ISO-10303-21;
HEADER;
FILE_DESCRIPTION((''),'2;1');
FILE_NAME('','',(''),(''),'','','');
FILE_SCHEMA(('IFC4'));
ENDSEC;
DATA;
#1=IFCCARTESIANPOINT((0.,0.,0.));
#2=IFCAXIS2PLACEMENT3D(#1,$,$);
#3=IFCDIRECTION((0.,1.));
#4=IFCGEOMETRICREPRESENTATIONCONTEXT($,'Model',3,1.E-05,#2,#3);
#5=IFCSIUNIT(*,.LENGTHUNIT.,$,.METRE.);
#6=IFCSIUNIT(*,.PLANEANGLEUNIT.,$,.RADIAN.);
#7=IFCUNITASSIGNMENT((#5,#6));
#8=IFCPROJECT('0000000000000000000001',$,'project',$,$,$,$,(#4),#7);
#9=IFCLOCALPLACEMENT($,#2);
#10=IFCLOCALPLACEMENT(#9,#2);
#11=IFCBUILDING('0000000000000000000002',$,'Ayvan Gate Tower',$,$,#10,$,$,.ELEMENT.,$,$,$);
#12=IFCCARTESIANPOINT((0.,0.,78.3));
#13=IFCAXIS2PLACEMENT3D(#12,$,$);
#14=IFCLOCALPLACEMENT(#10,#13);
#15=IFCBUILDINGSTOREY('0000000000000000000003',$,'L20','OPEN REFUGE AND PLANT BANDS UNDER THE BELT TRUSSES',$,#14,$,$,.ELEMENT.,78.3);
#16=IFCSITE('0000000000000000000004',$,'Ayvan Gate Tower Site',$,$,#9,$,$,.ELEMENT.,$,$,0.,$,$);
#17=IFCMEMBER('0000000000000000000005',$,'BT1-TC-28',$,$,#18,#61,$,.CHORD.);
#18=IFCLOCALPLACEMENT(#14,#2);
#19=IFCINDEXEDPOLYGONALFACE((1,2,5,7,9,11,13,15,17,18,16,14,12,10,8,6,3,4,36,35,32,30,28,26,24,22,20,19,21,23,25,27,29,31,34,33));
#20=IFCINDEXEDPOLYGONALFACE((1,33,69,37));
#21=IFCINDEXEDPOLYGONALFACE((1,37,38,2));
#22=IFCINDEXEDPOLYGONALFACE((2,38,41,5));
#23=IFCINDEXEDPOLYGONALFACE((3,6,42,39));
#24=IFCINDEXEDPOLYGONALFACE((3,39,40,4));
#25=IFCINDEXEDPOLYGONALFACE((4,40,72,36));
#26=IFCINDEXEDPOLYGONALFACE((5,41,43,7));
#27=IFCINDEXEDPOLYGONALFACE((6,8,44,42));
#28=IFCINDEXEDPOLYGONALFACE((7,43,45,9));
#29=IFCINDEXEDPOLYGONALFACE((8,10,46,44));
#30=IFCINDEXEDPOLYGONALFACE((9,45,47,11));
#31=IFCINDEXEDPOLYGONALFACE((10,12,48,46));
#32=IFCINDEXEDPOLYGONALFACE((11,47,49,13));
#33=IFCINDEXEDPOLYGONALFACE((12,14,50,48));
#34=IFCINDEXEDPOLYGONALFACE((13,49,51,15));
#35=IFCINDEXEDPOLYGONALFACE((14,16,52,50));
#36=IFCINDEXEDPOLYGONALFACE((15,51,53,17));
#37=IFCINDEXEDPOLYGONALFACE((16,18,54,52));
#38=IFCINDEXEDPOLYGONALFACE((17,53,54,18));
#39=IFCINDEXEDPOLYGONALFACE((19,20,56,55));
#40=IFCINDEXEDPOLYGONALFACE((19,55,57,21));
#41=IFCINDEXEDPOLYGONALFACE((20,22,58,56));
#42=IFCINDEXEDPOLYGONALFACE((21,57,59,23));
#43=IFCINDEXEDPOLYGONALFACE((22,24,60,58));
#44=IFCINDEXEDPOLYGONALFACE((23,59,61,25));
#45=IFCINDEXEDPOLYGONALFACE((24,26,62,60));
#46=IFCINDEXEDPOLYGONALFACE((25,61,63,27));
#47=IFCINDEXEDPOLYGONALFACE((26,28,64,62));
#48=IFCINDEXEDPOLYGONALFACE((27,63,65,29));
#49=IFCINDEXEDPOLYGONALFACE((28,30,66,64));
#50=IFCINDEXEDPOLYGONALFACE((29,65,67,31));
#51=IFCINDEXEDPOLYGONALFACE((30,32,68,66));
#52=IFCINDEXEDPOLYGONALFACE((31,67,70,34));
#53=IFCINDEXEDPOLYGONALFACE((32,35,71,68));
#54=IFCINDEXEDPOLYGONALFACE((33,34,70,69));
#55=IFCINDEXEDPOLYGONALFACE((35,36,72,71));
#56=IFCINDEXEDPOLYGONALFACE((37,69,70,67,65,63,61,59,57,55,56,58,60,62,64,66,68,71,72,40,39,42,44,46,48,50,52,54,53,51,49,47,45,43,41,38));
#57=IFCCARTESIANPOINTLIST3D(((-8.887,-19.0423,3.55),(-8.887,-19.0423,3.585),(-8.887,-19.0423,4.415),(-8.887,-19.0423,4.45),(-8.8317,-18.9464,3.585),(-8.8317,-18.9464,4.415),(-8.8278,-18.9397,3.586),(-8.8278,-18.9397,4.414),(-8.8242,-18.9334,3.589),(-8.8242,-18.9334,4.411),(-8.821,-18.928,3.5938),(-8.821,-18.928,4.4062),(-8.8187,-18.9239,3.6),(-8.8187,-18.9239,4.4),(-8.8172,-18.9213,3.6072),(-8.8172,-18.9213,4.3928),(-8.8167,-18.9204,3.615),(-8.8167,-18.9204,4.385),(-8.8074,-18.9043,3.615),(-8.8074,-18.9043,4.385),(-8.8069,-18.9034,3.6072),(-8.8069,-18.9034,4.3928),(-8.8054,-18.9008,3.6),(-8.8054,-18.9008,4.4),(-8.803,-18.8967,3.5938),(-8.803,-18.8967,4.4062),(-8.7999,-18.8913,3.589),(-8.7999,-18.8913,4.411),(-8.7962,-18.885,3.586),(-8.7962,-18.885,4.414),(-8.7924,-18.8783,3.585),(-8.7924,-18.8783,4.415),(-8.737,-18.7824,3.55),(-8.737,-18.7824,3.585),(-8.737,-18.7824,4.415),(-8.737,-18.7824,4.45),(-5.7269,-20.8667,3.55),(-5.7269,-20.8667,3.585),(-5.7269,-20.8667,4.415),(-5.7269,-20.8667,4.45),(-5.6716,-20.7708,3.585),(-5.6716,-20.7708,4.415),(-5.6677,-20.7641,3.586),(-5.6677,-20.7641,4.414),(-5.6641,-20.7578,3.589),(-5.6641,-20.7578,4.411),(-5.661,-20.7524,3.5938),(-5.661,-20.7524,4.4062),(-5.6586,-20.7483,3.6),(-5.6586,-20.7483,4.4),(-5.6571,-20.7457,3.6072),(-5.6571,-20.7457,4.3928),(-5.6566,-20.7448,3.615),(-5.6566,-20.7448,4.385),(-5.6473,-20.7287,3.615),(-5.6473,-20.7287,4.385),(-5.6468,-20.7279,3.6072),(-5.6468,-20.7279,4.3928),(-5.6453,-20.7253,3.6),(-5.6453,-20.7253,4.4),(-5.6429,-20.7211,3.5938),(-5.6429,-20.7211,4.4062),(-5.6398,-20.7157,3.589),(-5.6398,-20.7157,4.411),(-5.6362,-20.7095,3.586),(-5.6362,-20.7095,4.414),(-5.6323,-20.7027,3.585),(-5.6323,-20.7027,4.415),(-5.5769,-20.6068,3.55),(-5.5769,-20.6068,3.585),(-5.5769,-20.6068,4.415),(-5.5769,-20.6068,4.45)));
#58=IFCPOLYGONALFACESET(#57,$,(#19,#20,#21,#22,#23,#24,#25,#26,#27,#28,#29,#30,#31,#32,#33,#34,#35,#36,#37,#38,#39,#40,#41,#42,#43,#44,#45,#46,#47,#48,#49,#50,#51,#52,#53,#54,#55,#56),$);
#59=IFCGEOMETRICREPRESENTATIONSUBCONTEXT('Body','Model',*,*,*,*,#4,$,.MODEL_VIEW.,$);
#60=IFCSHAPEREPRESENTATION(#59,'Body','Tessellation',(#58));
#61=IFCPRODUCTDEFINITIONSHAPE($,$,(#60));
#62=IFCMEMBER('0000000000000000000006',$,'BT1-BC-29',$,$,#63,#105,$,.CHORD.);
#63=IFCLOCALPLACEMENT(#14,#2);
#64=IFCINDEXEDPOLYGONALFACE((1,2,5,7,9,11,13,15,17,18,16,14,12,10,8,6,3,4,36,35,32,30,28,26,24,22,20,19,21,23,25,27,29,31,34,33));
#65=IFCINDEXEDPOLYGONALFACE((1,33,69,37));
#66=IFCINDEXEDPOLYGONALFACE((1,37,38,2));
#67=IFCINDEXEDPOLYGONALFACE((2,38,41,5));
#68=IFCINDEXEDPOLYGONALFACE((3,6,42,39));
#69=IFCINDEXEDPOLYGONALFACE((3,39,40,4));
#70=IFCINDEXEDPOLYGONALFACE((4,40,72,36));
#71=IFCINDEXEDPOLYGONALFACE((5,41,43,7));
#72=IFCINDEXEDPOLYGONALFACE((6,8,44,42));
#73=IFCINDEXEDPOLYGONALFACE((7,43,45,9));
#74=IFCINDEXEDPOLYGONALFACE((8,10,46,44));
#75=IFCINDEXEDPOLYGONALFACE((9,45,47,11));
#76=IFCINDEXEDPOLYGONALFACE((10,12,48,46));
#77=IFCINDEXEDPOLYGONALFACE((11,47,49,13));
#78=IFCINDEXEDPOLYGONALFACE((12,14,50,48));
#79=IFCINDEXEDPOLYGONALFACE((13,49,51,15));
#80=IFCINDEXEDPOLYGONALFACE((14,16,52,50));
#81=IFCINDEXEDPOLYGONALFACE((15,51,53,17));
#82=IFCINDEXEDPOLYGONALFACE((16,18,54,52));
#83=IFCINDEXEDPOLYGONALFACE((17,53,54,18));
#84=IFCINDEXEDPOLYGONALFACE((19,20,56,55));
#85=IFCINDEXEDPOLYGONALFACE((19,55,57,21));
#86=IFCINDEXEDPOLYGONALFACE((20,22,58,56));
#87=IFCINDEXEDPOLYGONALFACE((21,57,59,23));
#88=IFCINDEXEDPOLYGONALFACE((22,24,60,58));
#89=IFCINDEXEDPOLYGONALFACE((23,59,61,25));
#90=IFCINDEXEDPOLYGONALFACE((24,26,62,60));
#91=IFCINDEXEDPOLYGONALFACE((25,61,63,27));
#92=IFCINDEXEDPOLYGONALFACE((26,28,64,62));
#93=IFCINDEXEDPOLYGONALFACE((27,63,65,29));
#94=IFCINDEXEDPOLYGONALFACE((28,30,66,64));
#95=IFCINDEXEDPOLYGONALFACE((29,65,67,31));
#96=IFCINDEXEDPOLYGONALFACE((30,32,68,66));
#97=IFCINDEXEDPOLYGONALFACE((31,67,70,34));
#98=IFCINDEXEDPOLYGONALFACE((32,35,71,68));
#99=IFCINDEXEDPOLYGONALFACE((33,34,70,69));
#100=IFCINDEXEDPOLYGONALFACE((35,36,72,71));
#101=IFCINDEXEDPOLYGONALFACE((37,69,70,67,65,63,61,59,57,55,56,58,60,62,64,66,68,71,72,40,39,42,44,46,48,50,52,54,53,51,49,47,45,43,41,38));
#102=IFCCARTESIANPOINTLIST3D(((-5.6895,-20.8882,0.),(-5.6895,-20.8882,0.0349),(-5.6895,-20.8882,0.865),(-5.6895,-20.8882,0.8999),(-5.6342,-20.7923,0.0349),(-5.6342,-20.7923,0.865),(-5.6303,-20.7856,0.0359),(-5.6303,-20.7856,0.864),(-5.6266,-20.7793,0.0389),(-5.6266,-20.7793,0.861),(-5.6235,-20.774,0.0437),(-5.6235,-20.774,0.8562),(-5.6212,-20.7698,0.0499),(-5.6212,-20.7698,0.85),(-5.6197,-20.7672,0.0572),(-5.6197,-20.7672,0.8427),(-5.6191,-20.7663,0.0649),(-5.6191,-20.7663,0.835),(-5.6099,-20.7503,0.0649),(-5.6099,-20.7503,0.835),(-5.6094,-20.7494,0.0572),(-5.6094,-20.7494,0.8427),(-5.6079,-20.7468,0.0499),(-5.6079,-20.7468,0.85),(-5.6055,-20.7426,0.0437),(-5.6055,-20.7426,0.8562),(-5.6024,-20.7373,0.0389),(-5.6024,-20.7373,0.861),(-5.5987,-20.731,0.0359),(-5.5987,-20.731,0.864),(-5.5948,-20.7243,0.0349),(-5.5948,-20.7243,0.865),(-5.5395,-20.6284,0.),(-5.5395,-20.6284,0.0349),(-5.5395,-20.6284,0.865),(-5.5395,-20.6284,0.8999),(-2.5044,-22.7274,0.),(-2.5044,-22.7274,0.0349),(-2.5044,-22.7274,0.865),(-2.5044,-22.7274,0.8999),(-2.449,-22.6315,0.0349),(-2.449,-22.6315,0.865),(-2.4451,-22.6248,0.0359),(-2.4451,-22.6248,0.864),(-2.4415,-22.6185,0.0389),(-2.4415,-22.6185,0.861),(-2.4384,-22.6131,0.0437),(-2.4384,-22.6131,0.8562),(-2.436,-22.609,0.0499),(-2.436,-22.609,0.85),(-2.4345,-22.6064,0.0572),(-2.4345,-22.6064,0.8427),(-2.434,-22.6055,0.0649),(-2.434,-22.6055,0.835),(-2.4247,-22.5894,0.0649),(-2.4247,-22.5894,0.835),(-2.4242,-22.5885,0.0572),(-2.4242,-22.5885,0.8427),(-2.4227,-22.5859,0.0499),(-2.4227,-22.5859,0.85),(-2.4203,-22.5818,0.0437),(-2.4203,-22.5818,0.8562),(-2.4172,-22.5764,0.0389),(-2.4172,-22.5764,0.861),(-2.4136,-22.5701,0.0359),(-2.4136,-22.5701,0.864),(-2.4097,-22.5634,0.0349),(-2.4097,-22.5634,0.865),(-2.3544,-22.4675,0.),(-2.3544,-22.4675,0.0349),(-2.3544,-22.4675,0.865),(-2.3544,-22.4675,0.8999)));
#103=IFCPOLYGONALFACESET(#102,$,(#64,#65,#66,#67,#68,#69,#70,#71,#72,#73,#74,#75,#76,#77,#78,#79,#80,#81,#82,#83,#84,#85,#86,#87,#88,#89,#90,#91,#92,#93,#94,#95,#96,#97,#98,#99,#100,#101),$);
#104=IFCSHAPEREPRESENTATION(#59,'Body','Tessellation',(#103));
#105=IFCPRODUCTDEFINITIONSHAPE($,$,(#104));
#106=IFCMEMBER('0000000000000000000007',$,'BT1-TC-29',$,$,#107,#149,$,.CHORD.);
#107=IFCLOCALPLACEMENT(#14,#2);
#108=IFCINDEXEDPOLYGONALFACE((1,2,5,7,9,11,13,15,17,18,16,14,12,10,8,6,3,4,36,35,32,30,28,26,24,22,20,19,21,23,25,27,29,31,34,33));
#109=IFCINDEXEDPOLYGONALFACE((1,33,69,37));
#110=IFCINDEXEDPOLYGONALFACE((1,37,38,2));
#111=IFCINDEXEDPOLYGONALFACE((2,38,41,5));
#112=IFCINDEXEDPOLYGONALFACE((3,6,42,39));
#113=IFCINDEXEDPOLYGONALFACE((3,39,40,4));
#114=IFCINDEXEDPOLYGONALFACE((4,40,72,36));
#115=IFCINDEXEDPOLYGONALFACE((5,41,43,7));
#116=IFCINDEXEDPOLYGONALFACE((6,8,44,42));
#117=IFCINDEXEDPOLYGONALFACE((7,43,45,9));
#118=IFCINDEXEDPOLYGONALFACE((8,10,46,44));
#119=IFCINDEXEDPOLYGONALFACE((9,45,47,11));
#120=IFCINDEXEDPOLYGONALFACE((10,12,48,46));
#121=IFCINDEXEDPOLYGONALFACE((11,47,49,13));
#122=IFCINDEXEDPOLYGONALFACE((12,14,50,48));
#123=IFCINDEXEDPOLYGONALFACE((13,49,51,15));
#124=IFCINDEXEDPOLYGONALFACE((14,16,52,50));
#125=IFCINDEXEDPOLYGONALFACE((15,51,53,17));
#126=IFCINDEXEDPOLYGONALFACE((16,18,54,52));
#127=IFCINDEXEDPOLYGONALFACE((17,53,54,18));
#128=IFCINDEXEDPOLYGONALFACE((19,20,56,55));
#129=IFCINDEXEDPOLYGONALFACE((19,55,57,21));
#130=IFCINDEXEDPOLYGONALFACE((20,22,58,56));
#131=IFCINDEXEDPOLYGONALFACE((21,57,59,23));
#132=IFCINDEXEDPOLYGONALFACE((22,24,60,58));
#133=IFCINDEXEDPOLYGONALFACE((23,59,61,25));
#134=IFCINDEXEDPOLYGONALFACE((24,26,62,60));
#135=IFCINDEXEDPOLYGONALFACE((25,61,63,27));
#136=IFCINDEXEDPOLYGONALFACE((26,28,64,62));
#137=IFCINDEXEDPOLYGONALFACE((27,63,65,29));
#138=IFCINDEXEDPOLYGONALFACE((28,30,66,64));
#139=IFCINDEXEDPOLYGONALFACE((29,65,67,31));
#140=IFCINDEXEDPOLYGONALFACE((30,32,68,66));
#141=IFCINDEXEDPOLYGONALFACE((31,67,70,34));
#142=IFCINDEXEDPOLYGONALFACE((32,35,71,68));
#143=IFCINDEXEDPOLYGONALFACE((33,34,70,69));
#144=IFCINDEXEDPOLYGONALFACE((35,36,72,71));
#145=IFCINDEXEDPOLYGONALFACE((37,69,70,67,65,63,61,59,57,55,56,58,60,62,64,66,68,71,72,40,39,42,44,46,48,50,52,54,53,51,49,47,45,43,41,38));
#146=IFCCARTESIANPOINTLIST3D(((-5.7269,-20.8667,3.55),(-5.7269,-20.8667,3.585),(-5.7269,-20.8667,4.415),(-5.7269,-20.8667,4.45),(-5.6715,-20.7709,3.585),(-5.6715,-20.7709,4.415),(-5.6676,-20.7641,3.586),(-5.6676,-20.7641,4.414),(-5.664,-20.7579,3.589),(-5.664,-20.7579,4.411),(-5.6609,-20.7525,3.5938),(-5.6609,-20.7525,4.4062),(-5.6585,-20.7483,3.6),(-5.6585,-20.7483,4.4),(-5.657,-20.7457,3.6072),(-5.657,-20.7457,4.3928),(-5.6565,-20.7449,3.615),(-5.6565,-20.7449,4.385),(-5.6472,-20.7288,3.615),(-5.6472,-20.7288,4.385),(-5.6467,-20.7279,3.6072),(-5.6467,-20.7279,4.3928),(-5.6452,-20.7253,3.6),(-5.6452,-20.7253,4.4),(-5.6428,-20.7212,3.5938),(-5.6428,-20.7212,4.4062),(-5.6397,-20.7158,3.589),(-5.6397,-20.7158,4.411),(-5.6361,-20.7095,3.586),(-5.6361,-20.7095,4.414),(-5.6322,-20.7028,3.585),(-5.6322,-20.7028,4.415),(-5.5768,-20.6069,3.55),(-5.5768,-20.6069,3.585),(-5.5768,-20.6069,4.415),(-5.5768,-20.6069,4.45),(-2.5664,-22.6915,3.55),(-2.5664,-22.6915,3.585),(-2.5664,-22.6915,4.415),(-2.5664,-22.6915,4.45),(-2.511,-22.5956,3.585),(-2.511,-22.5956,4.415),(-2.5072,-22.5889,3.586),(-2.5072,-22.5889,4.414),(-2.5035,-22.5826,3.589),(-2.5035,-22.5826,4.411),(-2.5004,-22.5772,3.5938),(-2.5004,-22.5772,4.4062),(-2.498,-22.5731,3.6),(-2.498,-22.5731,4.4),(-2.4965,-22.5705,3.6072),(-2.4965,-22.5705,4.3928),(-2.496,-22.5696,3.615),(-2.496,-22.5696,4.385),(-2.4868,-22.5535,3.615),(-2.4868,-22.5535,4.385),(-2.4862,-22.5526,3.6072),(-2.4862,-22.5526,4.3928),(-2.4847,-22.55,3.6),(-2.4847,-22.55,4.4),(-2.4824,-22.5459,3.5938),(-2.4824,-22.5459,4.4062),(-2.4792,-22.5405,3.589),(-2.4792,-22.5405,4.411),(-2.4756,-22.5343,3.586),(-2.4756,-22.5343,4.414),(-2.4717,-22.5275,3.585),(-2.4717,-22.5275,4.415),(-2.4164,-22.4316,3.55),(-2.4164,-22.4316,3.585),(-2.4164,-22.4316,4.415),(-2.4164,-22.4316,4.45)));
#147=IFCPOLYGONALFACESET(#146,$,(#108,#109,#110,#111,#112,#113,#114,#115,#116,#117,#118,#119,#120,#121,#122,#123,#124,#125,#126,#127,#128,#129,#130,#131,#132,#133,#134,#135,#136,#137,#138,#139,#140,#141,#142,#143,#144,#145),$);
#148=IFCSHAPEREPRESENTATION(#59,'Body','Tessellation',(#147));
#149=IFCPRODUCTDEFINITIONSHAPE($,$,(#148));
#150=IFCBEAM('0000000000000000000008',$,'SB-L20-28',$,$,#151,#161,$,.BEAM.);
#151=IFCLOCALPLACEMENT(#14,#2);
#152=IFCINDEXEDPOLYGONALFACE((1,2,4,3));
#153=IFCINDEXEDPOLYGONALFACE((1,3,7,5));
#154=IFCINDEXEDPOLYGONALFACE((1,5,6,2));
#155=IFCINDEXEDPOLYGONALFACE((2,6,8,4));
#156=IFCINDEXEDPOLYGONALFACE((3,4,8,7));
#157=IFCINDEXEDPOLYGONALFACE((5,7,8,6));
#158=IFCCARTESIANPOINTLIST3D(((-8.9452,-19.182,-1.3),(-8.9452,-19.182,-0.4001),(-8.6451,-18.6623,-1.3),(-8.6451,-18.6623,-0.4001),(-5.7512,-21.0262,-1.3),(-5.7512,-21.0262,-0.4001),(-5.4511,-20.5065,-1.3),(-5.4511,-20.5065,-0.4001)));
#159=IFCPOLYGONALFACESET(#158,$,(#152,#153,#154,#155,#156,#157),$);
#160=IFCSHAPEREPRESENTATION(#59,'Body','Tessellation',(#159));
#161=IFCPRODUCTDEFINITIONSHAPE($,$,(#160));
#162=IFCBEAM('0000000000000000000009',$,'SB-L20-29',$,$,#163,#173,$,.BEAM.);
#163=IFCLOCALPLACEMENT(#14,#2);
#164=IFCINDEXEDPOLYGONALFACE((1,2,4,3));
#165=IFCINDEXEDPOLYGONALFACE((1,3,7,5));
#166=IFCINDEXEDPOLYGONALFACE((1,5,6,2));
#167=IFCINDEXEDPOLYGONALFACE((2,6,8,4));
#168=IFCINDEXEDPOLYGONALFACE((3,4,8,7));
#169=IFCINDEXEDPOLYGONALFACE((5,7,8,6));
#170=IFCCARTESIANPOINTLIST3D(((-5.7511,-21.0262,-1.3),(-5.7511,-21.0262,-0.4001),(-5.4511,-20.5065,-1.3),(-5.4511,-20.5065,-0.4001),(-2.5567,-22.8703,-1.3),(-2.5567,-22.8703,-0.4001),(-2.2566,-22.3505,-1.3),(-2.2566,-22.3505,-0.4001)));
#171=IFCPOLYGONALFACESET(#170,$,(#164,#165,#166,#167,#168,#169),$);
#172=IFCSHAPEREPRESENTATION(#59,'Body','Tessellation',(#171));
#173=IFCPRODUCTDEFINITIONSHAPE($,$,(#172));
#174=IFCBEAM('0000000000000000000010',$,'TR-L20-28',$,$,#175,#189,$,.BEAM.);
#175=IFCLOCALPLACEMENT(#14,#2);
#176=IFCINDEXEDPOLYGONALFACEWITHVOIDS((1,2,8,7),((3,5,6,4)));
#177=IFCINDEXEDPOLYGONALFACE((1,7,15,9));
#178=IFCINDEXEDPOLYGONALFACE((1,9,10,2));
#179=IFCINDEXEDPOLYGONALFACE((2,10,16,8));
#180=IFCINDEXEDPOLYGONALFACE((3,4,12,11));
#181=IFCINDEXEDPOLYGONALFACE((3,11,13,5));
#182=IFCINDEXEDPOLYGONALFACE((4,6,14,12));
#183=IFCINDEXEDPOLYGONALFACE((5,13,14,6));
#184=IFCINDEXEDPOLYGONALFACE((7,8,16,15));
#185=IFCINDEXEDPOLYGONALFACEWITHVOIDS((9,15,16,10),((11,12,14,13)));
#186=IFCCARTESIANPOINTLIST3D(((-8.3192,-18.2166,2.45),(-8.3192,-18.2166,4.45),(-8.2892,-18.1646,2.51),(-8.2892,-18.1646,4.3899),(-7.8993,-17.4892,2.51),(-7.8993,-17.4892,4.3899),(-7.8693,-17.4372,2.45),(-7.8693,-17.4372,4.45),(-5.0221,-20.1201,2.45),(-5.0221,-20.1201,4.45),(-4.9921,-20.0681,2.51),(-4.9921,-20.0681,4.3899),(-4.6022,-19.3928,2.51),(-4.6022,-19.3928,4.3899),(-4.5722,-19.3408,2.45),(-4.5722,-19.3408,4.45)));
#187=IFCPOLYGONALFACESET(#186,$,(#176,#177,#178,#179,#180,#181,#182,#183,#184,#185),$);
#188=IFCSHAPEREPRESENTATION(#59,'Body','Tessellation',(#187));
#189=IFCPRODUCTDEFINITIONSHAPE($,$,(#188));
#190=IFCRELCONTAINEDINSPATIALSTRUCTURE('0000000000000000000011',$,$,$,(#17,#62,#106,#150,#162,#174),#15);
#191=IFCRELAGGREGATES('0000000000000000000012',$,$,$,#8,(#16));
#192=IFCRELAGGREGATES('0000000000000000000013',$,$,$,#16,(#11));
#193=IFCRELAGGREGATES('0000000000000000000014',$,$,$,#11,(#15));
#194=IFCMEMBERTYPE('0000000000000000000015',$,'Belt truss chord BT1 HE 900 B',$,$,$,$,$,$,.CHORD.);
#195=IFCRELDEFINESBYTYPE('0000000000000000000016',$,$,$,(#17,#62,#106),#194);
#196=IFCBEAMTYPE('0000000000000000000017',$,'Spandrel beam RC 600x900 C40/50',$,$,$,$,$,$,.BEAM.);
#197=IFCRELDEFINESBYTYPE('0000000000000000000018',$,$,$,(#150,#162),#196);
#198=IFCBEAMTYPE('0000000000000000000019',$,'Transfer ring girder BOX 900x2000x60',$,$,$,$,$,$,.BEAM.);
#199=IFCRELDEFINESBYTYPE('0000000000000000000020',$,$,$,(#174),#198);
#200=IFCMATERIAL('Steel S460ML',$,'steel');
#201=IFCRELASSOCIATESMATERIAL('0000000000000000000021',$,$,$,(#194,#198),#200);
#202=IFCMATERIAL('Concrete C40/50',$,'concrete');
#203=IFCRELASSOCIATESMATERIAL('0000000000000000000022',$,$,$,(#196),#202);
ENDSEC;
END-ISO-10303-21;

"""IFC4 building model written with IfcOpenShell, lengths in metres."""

from ifc_helpers import new_model, si_unit, direction, frame, origin, origin_2d, place, context, subcontext, project, spatial, rectangle, hollow_rectangle, i_section, extrude, material, material_profile, profile_set, type_object, element, save


model = new_model("IFC4")

# Units and contexts
model_context = context("Model", 3, precision=1e-05, world=origin(), true_north=direction((0.0, 1.0)))
body_context = subcontext(model_context, "Body", "Model", "MODEL_VIEW")
ifc_project = project(units=[si_unit("LENGTHUNIT", "METRE"), si_unit("PLANEANGLEUNIT", "RADIAN")], contexts=[model_context])

# Site, building, storey
site_placement = place(None, origin())
site = spatial("IfcSite", under=ifc_project, at=site_placement, Name="Ayvan Gate Tower Site", CompositionType="ELEMENT", RefElevation=0.0)
building_placement = place(site_placement, origin())
building = spatial("IfcBuilding", under=site, at=building_placement, Name="Ayvan Gate Tower", CompositionType="ELEMENT")
storey_placement = place(building_placement, frame((0.0, 0.0, 78.3)))
storey = spatial("IfcBuildingStorey", under=building, at=storey_placement, Name="L20", Description="OPEN REFUGE AND PLANT BANDS UNDER THE BELT TRUSSES", CompositionType="ELEMENT", Elevation=78.3)

# Members
ifc_material_1 = material(Name="Steel S460ML", Category="steel")
ifc_material_profile_1 = material_profile(ifc_material_1, i_section(OverallWidth=0.3, OverallDepth=0.8999, WebThickness=0.0186, FlangeThickness=0.0349, FilletRadius=0.03, at=origin_2d()), Name="HE 900 B")
ifc_profile_set_1 = profile_set([ifc_material_profile_1], Name="Steel S460ML")
member_type_1 = type_object("IfcMemberType", Name="Belt truss chord BT1 HE 900 B", PredefinedType="CHORD", material=ifc_profile_set_1)
member_1_placement = place(storey_placement, frame((-8.812, -18.9124, 4.0), z_axis=(0.866032, -0.499989, 0.0), x_axis=(0.499989, 0.866032, 0.0)))
element("IfcMember", 1, at=member_1_placement, inside=storey, type_object=member_type_1, Name="BT1-TC-28", PredefinedType="CHORD", context=body_context, shape_type="SweptSolid", body=[
    extrude(i_section(OverallWidth=0.3, OverallDepth=0.8999, WebThickness=0.0186, FlangeThickness=0.0349, FilletRadius=0.03, at=origin_2d()), origin(), (0.0, 0.0, 1.0), 3.6489),
])
member_2_placement = place(storey_placement, frame((-5.6145, -20.7583, 0.45), z_axis=(0.866, -0.500044, 0.0), x_axis=(0.500044, 0.866, 0.0)))
element("IfcMember", 2, at=member_2_placement, inside=storey, type_object=member_type_1, Name="BT1-BC-29", PredefinedType="CHORD", context=body_context, shape_type="SweptSolid", body=[
    extrude(i_section(OverallWidth=0.3, OverallDepth=0.8999, WebThickness=0.0186, FlangeThickness=0.0349, FilletRadius=0.03, at=origin_2d()), origin(), (0.0, 0.0, 1.0), 3.678),
])
member_3_placement = place(storey_placement, frame((-5.6519, -20.7368, 4.0), z_axis=(0.86602, -0.50001, 0.0), x_axis=(0.50001, 0.86602, 0.0)))
element("IfcMember", 3, at=member_3_placement, inside=storey, type_object=member_type_1, Name="BT1-TC-29", PredefinedType="CHORD", context=body_context, shape_type="SweptSolid", body=[
    extrude(i_section(OverallWidth=0.3, OverallDepth=0.8999, WebThickness=0.0186, FlangeThickness=0.0349, FilletRadius=0.03, at=origin_2d()), origin(), (0.0, 0.0, 1.0), 3.6494),
])

# Beams
ifc_material_2 = material(Name="Concrete C40/50", Category="concrete")
ifc_material_profile_2 = material_profile(ifc_material_2, rectangle(XDim=0.6001, YDim=0.8999, at=origin_2d()), Name="RC 600x900")
ifc_profile_set_2 = profile_set([ifc_material_profile_2], Name="Concrete C40/50")
beam_type_1 = type_object("IfcBeamType", Name="Spandrel beam RC 600x900 C40/50", PredefinedType="BEAM", material=ifc_profile_set_2)
beam_1_placement = place(storey_placement, frame((-8.7952, -18.9221, -0.8501), z_axis=(0.86601, -0.500026, 0.0), x_axis=(0.500026, 0.86601, 0.0)))
element("IfcBeam", 4, at=beam_1_placement, inside=storey, type_object=beam_type_1, Name="SB-L20-28", PredefinedType="BEAM", context=body_context, shape_type="SweptSolid", body=[
    extrude(rectangle(XDim=0.6001, YDim=0.8999, at=origin_2d()), origin(), (0.0, 0.0, 1.0), 3.6882),
])
beam_2_placement = place(storey_placement, frame((-5.6011, -20.7664, -0.8501), z_axis=(0.866056, -0.499948, 0.0), x_axis=(0.499948, 0.866056, 0.0)))
element("IfcBeam", 5, at=beam_2_placement, inside=storey, type_object=beam_type_1, Name="SB-L20-29", PredefinedType="BEAM", context=body_context, shape_type="SweptSolid", body=[
    extrude(rectangle(XDim=0.6001, YDim=0.8999, at=origin_2d()), origin(), (0.0, 0.0, 1.0), 3.6885),
])
ifc_material_profile_3 = material_profile(ifc_material_1, hollow_rectangle(XDim=0.8999, YDim=2.0, WallThickness=0.0601, at=origin_2d()), Name="BOX 900x2000x60")
ifc_profile_set_3 = profile_set([ifc_material_profile_3], Name="Steel S460ML")
beam_type_2 = type_object("IfcBeamType", Name="Transfer ring girder BOX 900x2000x60", PredefinedType="BEAM", material=ifc_profile_set_3)
for number, where, z_axis, x_axis, name in (
    (6, (-8.0942, -17.8269, 3.45), (0.866029, -0.499994, 0.0), (0.499994, 0.866029, 0.0), "TR-L20-28"),
):
    element("IfcBeam", number, at=place(storey_placement, frame(where, z_axis=z_axis, x_axis=x_axis)), inside=storey, type_object=beam_type_2, Name=name, PredefinedType="BEAM", context=body_context, shape_type="SweptSolid", body=[
        extrude(hollow_rectangle(XDim=0.8999, YDim=2.0, WallThickness=0.0601, at=origin_2d()), origin(), (0.0, 0.0, 1.0), 3.8071),
    ])

save(model, "model.ifc")
